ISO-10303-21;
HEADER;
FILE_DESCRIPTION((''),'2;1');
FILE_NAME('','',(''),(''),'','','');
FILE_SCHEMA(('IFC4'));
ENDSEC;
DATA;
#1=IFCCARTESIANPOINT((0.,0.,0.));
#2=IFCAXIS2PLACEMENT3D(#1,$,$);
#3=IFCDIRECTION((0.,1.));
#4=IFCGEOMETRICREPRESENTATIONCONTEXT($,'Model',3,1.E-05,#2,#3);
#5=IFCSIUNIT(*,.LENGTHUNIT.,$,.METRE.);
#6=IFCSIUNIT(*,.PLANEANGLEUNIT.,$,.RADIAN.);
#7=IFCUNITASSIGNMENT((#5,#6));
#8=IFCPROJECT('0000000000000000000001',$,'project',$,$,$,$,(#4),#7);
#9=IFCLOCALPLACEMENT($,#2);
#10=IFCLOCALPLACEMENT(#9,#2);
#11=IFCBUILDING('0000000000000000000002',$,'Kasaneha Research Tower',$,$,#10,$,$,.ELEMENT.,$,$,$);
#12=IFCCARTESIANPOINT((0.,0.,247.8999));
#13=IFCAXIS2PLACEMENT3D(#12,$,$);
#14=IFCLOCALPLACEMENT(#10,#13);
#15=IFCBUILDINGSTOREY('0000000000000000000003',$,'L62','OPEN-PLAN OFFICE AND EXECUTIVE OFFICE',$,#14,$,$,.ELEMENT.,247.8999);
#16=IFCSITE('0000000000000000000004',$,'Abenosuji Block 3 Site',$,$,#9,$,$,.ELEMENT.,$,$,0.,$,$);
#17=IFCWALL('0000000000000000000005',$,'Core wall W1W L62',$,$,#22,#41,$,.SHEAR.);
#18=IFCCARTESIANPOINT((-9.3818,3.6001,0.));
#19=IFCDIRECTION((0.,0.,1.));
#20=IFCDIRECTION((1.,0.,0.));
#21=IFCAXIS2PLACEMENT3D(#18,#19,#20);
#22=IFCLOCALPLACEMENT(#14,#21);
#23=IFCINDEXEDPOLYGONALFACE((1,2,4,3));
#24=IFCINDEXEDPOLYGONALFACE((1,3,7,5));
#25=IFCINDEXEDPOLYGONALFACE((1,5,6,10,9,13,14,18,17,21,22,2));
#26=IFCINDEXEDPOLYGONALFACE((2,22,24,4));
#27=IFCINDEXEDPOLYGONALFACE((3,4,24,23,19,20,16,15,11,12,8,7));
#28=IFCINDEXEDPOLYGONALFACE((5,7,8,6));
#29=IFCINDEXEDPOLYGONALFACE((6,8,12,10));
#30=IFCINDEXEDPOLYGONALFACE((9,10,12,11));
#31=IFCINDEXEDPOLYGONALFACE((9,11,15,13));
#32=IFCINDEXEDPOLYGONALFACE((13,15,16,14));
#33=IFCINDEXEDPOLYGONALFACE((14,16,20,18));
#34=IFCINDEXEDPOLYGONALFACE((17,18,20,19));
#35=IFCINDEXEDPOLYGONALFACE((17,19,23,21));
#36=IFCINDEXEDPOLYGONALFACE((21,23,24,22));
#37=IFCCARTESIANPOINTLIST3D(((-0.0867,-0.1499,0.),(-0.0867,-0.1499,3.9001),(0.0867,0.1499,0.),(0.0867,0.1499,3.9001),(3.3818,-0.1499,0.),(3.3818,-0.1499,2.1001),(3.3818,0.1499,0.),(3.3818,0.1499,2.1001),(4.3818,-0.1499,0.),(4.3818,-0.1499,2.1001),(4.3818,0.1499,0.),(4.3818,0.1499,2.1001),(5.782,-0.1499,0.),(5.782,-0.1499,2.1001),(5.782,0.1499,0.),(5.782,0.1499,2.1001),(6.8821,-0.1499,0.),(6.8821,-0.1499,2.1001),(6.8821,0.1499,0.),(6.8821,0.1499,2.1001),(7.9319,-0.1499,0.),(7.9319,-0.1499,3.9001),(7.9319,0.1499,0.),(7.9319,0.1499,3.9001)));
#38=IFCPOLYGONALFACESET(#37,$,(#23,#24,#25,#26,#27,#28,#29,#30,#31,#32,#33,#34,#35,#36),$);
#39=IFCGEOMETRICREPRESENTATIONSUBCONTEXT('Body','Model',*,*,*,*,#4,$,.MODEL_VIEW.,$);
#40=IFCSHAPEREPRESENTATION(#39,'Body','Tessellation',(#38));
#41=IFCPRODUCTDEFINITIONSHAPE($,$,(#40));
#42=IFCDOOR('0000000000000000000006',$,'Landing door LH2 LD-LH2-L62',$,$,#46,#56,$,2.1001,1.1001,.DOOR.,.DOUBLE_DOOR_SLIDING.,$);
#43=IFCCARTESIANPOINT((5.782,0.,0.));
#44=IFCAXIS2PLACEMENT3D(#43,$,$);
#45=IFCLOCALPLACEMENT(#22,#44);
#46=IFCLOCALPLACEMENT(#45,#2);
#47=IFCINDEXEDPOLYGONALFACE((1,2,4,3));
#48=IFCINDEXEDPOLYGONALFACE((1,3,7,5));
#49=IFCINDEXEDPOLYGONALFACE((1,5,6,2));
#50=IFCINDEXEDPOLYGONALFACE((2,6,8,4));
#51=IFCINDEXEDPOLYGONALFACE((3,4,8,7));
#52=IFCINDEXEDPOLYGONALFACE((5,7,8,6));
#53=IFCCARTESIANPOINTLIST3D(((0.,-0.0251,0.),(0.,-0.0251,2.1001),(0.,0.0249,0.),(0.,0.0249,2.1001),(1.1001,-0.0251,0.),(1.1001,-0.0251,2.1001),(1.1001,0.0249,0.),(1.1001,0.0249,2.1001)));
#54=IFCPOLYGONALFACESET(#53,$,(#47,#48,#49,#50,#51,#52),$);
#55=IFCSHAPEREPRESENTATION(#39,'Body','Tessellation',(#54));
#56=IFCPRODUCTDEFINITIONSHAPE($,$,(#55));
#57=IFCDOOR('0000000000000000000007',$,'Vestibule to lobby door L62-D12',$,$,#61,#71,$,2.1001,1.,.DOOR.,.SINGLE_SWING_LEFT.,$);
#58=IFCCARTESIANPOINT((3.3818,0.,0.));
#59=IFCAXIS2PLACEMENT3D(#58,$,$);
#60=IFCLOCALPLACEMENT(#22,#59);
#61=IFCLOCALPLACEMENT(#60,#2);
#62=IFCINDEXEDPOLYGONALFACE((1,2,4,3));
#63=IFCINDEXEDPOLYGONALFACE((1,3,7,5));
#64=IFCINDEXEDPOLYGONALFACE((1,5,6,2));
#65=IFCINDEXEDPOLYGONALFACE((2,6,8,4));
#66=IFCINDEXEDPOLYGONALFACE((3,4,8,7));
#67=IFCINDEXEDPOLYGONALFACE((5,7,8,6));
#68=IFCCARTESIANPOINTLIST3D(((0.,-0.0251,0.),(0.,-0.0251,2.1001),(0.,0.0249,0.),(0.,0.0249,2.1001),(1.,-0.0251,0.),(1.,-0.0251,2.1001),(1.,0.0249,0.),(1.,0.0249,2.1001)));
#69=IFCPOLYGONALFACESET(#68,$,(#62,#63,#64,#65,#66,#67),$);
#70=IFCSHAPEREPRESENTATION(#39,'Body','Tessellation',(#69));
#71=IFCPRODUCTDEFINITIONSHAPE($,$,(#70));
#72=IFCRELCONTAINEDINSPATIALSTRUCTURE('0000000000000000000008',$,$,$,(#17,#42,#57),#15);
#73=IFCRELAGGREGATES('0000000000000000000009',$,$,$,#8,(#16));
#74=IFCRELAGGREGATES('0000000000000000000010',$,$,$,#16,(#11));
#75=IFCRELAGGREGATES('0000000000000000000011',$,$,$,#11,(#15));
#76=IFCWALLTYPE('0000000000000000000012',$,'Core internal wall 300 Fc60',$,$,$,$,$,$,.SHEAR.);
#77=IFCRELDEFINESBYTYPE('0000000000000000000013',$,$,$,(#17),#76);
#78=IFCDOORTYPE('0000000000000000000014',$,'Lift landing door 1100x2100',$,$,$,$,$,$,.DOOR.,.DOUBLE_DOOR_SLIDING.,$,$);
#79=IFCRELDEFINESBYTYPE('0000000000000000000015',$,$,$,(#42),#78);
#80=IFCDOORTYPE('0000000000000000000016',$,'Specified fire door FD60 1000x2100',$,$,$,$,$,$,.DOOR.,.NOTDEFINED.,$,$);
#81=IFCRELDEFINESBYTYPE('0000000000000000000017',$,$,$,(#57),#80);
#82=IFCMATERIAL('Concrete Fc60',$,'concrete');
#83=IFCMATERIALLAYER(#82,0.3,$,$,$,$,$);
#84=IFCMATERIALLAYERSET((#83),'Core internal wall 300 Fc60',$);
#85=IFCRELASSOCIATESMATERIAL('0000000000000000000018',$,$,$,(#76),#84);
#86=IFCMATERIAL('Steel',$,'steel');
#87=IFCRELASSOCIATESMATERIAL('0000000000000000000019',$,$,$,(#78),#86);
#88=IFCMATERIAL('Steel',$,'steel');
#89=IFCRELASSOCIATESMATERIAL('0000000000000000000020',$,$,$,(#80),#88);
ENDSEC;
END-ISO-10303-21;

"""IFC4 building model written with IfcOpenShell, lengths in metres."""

from ifc_helpers import new_model, si_unit, direction, frame, frame_2d, origin, place, context, subcontext, project, spatial, polyline, rectangle, outline, extrude, material, layer, layer_set, type_object, element, fill, save


model = new_model("IFC4")

# Units and contexts
model_context = context("Model", 3, precision=1e-05, world=origin(), true_north=direction((0.0, 1.0)))
body_context = subcontext(model_context, "Body", "Model", "MODEL_VIEW")
ifc_project = project(units=[si_unit("LENGTHUNIT", "METRE"), si_unit("PLANEANGLEUNIT", "RADIAN")], contexts=[model_context])

# Site, building, storey
site_placement = place(None, origin())
site = spatial("IfcSite", under=ifc_project, at=site_placement, Name="Abenosuji Block 3 Site", CompositionType="ELEMENT", RefElevation=0.0)
building_placement = place(site_placement, origin())
building = spatial("IfcBuilding", under=site, at=building_placement, Name="Kasaneha Research Tower", CompositionType="ELEMENT")
storey_placement = place(building_placement, frame((0.0, 0.0, 247.8999)))
storey = spatial("IfcBuildingStorey", under=building, at=storey_placement, Name="L62", Description="OPEN-PLAN OFFICE AND EXECUTIVE OFFICE", CompositionType="ELEMENT", Elevation=247.8999)

# Wall, openings, doors
ifc_material_1 = material(Name="Concrete Fc60", Category="concrete")
ifc_layer_1 = layer(ifc_material_1, 0.3)
ifc_layer_set_1 = layer_set([ifc_layer_1], Name="Core internal wall 300 Fc60")
wall_type_1 = type_object("IfcWallType", Name="Core internal wall 300 Fc60", PredefinedType="SHEAR", material=ifc_layer_set_1)
wall_1_placement = place(storey_placement, frame((-9.3818, 3.6001, 0.0), z_axis=(0.0, 0.0, 1.0), x_axis=(1.0, 0.0, 0.0)))
wall_1 = element("IfcWall", 1, at=wall_1_placement, inside=storey, type_object=wall_type_1, Name="Core wall W1W L62", PredefinedType="SHEAR", context=body_context, shape_type="SweptSolid", body=[
    extrude(outline(polyline([(-0.0867, -0.1499), (3.3818, -0.1499), (4.3818, -0.1499), (5.782, -0.1499), (6.8821, -0.1499), (7.9319, -0.1499), (7.9319, 0.1499), (6.8821, 0.1499), (5.782, 0.1499), (4.3818, 0.1499), (3.3818, 0.1499), (0.0867, 0.1499), (-0.0867, -0.1499)])), origin(), (0.0, 0.0, 1.0), 3.9001),
])
opening_1_placement = place(wall_1_placement, frame((3.3818, 0.0, 0.0)))
opening_1 = element("IfcOpeningElement", 2, at=opening_1_placement, cuts=wall_1, PredefinedType="OPENING", context=body_context, shape_type="SweptSolid", body=[
    extrude(rectangle(XDim=1.0, YDim=2.1001, at=frame_2d((0.5, 1.05))), frame((0.0, 0.1602, 0.0), z_axis=(0.0, -1.0, 0.0), x_axis=(1.0, 0.0, 0.0)), (0.0, 0.0, 1.0), 0.3201),
])
opening_2_placement = place(wall_1_placement, frame((5.782, 0.0, 0.0)))
opening_2 = element("IfcOpeningElement", 3, at=opening_2_placement, cuts=wall_1, PredefinedType="OPENING", context=body_context, shape_type="SweptSolid", body=[
    extrude(rectangle(XDim=1.1001, YDim=2.1001, at=frame_2d((0.55, 1.05))), frame((0.0, 0.1602, 0.0), z_axis=(0.0, -1.0, 0.0), x_axis=(1.0, 0.0, 0.0)), (0.0, 0.0, 1.0), 0.3201),
])
ifc_material_2 = material(Name="Steel", Category="steel")
door_type_1 = type_object("IfcDoorType", Name="Lift landing door 1100x2100", OperationType="DOUBLE_DOOR_SLIDING", PredefinedType="DOOR", material=ifc_material_2)
door_1_placement = place(opening_2_placement, origin())
door_1 = element("IfcDoor", 4, at=door_1_placement, inside=storey, type_object=door_type_1, Name="Landing door LH2 LD-LH2-L62", OperationType="DOUBLE_DOOR_SLIDING", OverallHeight=2.1001, OverallWidth=1.1001, PredefinedType="DOOR", context=body_context, shape_type="SweptSolid", body=[
    extrude(rectangle(XDim=1.1001, YDim=2.1001, at=frame_2d((0.55, 1.05))), frame((0.0, 0.0249, 0.0), z_axis=(0.0, -1.0, 0.0), x_axis=(1.0, 0.0, 0.0)), (0.0, 0.0, 1.0), 0.05),
])
fill(opening_2, door_1)
ifc_material_3 = material(Name="Steel", Category="steel")
door_type_2 = type_object("IfcDoorType", Name="Specified fire door FD60 1000x2100", OperationType="NOTDEFINED", PredefinedType="DOOR", material=ifc_material_3)
door_2_placement = place(opening_1_placement, origin())
door_2 = element("IfcDoor", 5, at=door_2_placement, inside=storey, type_object=door_type_2, Name="Vestibule to lobby door L62-D12", OperationType="SINGLE_SWING_LEFT", OverallHeight=2.1001, OverallWidth=1.0, PredefinedType="DOOR", context=body_context, shape_type="SweptSolid", body=[
    extrude(rectangle(XDim=1.0, YDim=2.1001, at=frame_2d((0.5, 1.05))), frame((0.0, 0.0249, 0.0), z_axis=(0.0, -1.0, 0.0), x_axis=(1.0, 0.0, 0.0)), (0.0, 0.0, 1.0), 0.05),
])
fill(opening_1, door_2)

save(model, "model.ifc")
